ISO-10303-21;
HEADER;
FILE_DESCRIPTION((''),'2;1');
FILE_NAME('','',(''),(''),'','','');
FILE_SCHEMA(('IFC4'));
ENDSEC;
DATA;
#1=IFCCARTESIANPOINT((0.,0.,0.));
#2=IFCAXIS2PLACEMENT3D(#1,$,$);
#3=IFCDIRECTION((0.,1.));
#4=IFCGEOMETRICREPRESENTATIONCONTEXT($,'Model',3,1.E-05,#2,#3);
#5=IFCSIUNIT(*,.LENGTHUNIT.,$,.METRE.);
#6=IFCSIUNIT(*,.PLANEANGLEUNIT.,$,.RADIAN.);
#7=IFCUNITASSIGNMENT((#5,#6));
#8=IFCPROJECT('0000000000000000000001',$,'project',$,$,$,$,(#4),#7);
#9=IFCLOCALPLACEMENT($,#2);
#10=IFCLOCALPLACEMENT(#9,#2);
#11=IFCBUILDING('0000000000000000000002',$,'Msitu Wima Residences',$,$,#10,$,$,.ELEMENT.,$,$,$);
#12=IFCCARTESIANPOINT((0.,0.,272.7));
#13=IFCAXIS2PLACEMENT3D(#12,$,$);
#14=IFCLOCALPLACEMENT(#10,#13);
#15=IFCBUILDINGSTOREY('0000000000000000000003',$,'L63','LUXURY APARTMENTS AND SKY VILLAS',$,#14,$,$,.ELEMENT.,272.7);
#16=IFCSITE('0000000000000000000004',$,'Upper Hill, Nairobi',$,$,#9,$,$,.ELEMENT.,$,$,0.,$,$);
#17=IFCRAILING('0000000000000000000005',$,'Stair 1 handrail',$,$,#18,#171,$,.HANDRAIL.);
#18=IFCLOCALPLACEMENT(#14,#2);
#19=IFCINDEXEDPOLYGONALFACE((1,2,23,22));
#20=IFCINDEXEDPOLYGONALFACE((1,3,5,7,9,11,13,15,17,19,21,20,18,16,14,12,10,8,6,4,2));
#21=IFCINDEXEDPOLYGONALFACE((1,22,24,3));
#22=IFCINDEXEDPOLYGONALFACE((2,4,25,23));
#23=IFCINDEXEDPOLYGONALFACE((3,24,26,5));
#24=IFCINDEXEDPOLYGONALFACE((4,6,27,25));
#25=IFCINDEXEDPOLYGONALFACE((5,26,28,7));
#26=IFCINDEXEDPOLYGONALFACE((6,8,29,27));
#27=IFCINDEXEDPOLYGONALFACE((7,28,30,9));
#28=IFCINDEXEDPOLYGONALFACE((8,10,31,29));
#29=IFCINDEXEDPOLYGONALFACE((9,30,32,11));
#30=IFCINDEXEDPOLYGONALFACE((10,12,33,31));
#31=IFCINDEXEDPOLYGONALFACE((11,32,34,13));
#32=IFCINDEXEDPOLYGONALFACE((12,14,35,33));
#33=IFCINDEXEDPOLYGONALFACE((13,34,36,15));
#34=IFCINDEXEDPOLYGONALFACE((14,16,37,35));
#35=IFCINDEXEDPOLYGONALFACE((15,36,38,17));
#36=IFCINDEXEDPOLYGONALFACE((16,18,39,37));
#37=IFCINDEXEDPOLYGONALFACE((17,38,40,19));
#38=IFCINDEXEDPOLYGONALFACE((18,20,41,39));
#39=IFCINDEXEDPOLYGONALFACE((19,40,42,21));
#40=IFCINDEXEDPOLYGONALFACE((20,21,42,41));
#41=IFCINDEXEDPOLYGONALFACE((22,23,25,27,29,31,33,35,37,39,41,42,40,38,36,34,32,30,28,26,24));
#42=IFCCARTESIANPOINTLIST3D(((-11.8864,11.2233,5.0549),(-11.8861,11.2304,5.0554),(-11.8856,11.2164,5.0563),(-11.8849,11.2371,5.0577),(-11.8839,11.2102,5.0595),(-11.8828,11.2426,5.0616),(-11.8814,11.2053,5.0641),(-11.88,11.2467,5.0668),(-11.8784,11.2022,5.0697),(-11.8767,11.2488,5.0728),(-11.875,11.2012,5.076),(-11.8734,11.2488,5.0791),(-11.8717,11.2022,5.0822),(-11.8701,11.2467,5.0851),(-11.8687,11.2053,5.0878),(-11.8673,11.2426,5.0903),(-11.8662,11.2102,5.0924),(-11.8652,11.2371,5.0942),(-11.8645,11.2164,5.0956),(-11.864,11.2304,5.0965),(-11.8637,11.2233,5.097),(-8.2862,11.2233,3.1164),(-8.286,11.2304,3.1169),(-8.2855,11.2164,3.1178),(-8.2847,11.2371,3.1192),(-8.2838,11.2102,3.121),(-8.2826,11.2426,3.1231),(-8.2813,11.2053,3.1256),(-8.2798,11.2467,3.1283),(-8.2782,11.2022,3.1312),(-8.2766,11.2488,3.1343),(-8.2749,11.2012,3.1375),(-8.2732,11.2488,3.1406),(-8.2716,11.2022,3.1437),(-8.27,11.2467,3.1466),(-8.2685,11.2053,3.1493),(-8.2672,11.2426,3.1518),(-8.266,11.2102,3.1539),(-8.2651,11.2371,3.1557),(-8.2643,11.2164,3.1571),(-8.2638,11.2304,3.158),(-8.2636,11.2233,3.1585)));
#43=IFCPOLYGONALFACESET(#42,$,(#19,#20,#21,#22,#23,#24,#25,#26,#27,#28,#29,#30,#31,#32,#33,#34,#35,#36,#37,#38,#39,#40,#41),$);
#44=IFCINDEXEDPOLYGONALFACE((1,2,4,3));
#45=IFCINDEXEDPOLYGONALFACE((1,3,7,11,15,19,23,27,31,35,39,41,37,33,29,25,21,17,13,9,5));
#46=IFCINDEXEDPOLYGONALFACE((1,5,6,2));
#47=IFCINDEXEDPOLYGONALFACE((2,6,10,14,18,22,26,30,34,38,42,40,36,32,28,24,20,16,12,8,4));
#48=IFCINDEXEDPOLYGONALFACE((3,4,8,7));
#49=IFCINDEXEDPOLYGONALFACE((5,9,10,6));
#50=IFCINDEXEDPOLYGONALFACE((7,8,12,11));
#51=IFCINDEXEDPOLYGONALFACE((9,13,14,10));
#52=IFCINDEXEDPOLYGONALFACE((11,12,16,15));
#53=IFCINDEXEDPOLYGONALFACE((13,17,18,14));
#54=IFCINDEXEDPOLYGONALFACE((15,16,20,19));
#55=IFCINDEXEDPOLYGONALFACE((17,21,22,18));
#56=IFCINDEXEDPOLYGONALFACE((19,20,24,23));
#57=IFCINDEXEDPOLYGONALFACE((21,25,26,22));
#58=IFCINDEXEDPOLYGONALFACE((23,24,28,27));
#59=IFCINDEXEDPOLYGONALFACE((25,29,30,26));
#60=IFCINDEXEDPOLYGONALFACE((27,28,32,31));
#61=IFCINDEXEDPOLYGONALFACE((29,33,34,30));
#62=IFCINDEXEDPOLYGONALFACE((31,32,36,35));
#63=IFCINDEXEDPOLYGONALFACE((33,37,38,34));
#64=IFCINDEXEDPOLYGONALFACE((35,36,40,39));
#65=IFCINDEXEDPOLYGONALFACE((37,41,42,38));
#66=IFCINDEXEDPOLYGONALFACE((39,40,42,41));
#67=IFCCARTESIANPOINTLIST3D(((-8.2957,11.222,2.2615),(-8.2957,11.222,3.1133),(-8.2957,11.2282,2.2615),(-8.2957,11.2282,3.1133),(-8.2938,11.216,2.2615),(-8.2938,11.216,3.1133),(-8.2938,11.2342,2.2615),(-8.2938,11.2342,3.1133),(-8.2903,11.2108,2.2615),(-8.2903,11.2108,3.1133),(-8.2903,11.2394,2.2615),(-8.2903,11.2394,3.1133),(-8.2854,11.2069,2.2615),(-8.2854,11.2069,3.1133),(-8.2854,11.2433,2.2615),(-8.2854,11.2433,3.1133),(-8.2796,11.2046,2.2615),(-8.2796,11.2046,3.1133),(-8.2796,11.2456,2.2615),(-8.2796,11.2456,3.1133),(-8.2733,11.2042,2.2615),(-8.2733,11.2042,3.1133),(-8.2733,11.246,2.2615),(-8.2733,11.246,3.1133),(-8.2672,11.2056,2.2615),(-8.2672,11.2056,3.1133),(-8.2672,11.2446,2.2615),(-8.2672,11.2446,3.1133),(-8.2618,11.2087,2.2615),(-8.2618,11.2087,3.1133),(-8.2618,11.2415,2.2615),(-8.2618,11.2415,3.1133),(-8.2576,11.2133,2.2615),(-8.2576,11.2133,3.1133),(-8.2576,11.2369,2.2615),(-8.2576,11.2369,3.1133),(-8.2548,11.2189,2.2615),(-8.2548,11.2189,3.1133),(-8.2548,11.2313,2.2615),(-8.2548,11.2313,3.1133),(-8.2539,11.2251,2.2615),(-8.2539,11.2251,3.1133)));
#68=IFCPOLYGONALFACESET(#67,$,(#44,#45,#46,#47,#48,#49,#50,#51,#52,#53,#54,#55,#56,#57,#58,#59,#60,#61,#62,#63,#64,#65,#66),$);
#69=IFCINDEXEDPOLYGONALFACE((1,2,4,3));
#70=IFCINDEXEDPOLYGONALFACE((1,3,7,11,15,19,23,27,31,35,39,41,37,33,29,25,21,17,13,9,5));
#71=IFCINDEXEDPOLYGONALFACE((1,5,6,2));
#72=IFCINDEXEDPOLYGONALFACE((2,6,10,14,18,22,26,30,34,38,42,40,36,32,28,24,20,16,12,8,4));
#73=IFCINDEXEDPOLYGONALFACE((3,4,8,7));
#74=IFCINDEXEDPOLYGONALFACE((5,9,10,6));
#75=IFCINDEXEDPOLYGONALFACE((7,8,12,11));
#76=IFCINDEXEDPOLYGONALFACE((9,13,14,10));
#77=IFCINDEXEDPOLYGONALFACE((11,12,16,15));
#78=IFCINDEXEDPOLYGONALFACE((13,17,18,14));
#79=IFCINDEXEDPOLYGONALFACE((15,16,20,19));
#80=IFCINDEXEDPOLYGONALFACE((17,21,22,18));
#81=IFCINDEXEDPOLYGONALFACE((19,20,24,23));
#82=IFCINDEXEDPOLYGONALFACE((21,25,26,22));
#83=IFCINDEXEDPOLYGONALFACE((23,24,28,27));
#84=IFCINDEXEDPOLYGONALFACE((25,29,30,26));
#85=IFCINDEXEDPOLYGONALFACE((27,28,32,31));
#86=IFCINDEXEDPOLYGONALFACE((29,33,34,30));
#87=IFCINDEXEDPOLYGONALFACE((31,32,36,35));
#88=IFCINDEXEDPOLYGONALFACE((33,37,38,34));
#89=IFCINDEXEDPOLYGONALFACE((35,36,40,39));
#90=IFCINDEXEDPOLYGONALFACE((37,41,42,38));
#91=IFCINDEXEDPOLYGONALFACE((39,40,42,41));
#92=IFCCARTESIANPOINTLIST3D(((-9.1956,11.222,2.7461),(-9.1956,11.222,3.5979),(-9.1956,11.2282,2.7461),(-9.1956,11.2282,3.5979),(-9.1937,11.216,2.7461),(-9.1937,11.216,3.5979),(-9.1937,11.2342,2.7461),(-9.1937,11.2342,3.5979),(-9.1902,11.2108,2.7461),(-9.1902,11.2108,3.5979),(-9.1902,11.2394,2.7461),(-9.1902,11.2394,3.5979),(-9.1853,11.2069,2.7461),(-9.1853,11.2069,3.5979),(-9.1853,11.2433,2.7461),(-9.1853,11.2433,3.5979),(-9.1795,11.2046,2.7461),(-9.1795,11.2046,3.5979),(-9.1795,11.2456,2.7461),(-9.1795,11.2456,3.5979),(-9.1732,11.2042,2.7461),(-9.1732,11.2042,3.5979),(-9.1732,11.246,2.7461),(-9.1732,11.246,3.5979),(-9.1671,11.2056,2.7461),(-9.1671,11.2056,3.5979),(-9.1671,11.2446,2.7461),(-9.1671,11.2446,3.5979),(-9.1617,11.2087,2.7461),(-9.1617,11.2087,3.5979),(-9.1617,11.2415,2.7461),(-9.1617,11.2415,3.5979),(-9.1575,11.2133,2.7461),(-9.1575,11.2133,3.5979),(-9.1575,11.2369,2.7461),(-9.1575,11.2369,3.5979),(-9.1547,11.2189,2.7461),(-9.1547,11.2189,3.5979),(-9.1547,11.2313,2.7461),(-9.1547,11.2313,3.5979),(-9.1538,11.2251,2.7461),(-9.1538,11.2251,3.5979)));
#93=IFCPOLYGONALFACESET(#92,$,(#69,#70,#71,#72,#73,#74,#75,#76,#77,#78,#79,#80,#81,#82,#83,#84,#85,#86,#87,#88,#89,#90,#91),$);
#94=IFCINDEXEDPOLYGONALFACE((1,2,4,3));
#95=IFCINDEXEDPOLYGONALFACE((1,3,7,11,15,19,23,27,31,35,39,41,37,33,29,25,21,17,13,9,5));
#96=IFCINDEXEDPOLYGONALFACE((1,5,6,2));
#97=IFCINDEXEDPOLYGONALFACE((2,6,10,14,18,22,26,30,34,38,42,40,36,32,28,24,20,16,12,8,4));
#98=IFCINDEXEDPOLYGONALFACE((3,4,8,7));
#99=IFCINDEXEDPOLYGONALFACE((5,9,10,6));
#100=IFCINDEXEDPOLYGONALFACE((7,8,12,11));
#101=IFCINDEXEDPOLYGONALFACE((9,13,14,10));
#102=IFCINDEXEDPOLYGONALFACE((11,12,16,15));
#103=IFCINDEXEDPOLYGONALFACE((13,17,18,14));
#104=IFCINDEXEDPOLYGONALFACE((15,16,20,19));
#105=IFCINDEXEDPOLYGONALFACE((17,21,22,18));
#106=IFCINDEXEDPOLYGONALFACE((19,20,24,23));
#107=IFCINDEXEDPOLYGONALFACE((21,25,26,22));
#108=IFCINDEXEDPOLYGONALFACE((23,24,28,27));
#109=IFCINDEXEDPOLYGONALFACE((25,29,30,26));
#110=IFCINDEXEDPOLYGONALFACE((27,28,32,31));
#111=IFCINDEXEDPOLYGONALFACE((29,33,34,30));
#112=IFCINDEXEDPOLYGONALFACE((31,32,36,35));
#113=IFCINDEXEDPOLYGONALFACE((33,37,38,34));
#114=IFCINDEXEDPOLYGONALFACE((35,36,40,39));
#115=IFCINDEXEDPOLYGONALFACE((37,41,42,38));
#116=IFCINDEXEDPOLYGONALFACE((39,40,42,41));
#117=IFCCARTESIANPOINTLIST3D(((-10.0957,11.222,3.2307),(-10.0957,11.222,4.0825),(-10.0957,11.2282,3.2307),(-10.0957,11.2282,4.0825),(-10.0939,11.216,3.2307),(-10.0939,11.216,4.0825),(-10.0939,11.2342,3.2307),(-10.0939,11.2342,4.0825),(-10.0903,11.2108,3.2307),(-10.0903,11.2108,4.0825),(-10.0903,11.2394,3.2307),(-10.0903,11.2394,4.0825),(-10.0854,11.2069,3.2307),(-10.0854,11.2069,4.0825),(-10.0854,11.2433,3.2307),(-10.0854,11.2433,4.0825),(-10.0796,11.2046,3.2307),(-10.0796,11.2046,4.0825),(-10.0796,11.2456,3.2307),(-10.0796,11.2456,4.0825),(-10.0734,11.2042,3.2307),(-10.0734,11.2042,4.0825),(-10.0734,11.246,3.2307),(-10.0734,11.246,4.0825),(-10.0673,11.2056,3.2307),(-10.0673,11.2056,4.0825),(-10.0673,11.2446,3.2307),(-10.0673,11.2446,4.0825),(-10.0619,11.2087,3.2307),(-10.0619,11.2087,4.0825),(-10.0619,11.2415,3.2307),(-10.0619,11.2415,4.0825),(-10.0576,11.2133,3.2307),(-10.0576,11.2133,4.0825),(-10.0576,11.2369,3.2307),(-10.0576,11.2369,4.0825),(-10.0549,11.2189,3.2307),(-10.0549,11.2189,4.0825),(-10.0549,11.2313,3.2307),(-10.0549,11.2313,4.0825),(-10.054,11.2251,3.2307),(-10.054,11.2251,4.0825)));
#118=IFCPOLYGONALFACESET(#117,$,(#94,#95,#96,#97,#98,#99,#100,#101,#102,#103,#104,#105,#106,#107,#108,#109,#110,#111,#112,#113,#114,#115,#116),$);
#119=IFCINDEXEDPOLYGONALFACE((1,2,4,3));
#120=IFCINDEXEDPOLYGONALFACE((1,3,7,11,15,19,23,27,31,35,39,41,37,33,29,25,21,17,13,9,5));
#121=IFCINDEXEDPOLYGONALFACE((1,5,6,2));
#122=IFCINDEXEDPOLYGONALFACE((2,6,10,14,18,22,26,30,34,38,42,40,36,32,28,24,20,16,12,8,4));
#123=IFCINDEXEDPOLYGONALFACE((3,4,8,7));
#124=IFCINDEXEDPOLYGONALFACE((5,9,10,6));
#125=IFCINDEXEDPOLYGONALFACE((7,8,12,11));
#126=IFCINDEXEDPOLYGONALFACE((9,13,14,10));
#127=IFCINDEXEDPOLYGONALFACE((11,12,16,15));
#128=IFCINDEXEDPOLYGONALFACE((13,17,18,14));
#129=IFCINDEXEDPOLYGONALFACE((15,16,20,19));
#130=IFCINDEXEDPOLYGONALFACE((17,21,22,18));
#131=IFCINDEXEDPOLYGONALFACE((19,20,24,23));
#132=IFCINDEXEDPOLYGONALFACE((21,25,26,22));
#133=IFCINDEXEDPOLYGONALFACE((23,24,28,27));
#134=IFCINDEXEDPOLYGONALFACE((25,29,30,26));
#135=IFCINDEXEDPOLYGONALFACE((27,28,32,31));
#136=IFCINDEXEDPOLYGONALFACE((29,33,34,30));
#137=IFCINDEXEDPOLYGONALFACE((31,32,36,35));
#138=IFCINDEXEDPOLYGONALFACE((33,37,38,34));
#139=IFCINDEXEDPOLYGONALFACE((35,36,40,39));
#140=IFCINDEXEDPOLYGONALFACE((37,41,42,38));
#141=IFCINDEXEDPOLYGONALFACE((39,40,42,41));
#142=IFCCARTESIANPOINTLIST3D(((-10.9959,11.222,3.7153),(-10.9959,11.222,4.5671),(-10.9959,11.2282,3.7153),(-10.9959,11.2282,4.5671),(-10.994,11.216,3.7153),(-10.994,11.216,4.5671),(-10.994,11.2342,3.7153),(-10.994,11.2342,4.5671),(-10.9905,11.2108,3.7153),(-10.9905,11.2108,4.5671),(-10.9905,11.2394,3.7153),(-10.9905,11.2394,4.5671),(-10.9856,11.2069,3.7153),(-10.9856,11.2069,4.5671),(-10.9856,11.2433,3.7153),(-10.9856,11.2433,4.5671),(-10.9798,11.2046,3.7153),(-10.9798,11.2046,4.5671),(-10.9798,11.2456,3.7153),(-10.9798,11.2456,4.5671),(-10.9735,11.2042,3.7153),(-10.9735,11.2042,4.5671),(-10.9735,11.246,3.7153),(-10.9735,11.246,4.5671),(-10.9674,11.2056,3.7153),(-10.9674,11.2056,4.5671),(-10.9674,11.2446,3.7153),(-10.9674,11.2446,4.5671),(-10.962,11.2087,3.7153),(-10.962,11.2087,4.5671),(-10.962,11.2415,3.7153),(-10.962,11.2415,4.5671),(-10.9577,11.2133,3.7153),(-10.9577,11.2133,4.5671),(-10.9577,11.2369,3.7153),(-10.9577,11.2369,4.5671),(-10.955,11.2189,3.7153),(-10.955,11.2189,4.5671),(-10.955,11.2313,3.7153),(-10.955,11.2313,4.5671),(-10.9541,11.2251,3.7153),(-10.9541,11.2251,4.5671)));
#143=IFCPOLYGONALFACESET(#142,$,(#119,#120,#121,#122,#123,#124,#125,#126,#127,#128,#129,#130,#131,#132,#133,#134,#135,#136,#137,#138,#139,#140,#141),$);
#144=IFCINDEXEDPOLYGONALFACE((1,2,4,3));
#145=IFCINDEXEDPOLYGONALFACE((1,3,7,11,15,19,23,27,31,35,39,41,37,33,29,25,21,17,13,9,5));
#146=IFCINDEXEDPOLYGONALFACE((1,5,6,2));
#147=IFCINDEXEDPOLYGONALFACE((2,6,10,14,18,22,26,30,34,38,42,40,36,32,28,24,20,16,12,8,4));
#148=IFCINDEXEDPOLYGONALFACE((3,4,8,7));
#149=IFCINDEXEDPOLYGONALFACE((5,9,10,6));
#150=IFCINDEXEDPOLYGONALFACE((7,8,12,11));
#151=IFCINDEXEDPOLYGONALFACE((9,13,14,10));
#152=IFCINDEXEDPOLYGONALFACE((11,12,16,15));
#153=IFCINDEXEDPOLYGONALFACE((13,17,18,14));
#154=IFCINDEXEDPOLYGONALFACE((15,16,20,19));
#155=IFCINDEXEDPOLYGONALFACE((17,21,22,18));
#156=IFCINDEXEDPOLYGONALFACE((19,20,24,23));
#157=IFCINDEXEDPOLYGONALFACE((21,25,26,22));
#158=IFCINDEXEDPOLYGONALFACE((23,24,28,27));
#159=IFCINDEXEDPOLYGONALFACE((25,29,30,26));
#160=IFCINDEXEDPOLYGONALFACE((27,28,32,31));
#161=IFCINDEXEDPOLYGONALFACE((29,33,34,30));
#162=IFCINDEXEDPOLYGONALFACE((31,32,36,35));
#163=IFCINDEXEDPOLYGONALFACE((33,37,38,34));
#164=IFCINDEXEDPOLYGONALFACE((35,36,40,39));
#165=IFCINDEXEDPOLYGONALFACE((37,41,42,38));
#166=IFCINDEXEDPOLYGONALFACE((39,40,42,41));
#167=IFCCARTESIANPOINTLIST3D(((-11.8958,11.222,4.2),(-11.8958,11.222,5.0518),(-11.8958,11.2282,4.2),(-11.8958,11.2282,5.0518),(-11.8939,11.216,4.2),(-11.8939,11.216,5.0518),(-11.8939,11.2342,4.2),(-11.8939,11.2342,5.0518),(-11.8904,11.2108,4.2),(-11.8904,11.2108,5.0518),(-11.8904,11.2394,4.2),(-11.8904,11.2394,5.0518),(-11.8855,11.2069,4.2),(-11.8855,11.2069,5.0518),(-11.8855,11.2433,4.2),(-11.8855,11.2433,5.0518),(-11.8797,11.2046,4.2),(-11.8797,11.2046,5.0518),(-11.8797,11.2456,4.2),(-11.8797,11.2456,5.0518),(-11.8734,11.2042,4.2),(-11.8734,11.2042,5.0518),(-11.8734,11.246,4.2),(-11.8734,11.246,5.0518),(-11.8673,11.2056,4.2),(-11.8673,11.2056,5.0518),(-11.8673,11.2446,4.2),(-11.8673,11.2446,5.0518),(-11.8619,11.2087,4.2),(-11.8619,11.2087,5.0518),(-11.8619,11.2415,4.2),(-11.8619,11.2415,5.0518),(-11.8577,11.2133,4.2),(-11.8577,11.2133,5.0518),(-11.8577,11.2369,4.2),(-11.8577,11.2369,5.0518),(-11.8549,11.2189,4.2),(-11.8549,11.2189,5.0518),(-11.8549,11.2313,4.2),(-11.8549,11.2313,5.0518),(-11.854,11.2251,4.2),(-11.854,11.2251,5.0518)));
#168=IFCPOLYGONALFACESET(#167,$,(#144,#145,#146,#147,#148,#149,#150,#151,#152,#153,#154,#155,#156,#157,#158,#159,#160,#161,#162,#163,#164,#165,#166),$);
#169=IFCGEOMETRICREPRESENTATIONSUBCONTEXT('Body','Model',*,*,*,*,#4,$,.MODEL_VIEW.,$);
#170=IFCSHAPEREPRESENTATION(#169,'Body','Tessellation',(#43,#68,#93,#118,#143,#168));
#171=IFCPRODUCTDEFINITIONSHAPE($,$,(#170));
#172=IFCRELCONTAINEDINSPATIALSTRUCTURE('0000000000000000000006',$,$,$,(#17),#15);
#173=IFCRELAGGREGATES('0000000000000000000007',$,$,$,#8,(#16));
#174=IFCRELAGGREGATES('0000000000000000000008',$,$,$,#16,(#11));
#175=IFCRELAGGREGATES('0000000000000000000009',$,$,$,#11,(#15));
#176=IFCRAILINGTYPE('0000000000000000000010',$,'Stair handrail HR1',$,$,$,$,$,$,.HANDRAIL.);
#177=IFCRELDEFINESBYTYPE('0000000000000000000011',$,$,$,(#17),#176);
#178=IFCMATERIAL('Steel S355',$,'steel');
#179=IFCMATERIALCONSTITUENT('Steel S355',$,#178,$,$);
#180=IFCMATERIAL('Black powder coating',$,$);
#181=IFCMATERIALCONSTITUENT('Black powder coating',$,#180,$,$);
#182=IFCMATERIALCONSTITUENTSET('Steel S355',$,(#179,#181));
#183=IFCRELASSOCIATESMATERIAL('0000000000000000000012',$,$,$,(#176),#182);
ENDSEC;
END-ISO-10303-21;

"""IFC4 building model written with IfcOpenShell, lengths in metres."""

from ifc_helpers import new_model, si_unit, direction, frame, origin, origin_2d, place, context, subcontext, project, spatial, circle, extrude, material, constituent, constituent_set, type_object, element, save


model = new_model("IFC4")

# Units and contexts
model_context = context("Model", 3, precision=1e-05, world=origin(), true_north=direction((0.0, 1.0)))
body_context = subcontext(model_context, "Body", "Model", "MODEL_VIEW")
ifc_project = project(units=[si_unit("LENGTHUNIT", "METRE"), si_unit("PLANEANGLEUNIT", "RADIAN")], contexts=[model_context])

# Site, building, storey
site_placement = place(None, origin())
site = spatial("IfcSite", under=ifc_project, at=site_placement, Name="Upper Hill, Nairobi", CompositionType="ELEMENT", RefElevation=0.0)
building_placement = place(site_placement, origin())
building = spatial("IfcBuilding", under=site, at=building_placement, Name="Msitu Wima Residences", CompositionType="ELEMENT")
storey_placement = place(building_placement, frame((0.0, 0.0, 272.7)))
storey = spatial("IfcBuildingStorey", under=building, at=storey_placement, Name="L63", Description="LUXURY APARTMENTS AND SKY VILLAS", CompositionType="ELEMENT", Elevation=272.7)

# Railing
ifc_material_1 = material(Name="Steel S355", Category="steel")
ifc_constituent_1 = constituent(ifc_material_1, Name="Steel S355")
ifc_material_2 = material(Name="Black powder coating")
ifc_constituent_2 = constituent(ifc_material_2, Name="Black powder coating")
ifc_constituent_set_1 = constituent_set(constituents=[ifc_constituent_1, ifc_constituent_2], Name="Steel S355")
railing_type_1 = type_object("IfcRailingType", Name="Stair handrail HR1", PredefinedType="HANDRAIL", material=ifc_constituent_set_1)
for number, where, name in (
    (1, (-8.2749, 11.2251, 2.2615), "Stair 1 handrail"),
):
    element("IfcRailing", number, at=place(storey_placement, frame(where)), inside=storey, type_object=railing_type_1, Name=name, PredefinedType="HANDRAIL", context=body_context, shape_type="SweptSolid", body=[
        extrude(circle(Radius=0.0239, at=origin_2d()), frame((0.0, 0.0, 0.876), z_axis=(-0.880475, 0.0, 0.474093), x_axis=(0.0, -1.0, 0.0)), (0.0, 0.0, 1.0), 4.0889),
        extrude(circle(Radius=0.021, at=origin_2d()), origin(), (0.0, 0.0, 1.0), 0.8518),
        extrude(circle(Radius=0.021, at=origin_2d()), frame((-0.8999, 0.0, 0.4846)), (0.0, 0.0, 1.0), 0.8518),
        extrude(circle(Radius=0.021, at=origin_2d()), frame((-1.8, 0.0, 0.9692)), (0.0, 0.0, 1.0), 0.8518),
        extrude(circle(Radius=0.021, at=origin_2d()), frame((-2.7002, 0.0, 1.4539)), (0.0, 0.0, 1.0), 0.8518),
        extrude(circle(Radius=0.021, at=origin_2d()), frame((-3.6001, 0.0, 1.9385)), (0.0, 0.0, 1.0), 0.8518),
    ])

save(model, "model.ifc")
